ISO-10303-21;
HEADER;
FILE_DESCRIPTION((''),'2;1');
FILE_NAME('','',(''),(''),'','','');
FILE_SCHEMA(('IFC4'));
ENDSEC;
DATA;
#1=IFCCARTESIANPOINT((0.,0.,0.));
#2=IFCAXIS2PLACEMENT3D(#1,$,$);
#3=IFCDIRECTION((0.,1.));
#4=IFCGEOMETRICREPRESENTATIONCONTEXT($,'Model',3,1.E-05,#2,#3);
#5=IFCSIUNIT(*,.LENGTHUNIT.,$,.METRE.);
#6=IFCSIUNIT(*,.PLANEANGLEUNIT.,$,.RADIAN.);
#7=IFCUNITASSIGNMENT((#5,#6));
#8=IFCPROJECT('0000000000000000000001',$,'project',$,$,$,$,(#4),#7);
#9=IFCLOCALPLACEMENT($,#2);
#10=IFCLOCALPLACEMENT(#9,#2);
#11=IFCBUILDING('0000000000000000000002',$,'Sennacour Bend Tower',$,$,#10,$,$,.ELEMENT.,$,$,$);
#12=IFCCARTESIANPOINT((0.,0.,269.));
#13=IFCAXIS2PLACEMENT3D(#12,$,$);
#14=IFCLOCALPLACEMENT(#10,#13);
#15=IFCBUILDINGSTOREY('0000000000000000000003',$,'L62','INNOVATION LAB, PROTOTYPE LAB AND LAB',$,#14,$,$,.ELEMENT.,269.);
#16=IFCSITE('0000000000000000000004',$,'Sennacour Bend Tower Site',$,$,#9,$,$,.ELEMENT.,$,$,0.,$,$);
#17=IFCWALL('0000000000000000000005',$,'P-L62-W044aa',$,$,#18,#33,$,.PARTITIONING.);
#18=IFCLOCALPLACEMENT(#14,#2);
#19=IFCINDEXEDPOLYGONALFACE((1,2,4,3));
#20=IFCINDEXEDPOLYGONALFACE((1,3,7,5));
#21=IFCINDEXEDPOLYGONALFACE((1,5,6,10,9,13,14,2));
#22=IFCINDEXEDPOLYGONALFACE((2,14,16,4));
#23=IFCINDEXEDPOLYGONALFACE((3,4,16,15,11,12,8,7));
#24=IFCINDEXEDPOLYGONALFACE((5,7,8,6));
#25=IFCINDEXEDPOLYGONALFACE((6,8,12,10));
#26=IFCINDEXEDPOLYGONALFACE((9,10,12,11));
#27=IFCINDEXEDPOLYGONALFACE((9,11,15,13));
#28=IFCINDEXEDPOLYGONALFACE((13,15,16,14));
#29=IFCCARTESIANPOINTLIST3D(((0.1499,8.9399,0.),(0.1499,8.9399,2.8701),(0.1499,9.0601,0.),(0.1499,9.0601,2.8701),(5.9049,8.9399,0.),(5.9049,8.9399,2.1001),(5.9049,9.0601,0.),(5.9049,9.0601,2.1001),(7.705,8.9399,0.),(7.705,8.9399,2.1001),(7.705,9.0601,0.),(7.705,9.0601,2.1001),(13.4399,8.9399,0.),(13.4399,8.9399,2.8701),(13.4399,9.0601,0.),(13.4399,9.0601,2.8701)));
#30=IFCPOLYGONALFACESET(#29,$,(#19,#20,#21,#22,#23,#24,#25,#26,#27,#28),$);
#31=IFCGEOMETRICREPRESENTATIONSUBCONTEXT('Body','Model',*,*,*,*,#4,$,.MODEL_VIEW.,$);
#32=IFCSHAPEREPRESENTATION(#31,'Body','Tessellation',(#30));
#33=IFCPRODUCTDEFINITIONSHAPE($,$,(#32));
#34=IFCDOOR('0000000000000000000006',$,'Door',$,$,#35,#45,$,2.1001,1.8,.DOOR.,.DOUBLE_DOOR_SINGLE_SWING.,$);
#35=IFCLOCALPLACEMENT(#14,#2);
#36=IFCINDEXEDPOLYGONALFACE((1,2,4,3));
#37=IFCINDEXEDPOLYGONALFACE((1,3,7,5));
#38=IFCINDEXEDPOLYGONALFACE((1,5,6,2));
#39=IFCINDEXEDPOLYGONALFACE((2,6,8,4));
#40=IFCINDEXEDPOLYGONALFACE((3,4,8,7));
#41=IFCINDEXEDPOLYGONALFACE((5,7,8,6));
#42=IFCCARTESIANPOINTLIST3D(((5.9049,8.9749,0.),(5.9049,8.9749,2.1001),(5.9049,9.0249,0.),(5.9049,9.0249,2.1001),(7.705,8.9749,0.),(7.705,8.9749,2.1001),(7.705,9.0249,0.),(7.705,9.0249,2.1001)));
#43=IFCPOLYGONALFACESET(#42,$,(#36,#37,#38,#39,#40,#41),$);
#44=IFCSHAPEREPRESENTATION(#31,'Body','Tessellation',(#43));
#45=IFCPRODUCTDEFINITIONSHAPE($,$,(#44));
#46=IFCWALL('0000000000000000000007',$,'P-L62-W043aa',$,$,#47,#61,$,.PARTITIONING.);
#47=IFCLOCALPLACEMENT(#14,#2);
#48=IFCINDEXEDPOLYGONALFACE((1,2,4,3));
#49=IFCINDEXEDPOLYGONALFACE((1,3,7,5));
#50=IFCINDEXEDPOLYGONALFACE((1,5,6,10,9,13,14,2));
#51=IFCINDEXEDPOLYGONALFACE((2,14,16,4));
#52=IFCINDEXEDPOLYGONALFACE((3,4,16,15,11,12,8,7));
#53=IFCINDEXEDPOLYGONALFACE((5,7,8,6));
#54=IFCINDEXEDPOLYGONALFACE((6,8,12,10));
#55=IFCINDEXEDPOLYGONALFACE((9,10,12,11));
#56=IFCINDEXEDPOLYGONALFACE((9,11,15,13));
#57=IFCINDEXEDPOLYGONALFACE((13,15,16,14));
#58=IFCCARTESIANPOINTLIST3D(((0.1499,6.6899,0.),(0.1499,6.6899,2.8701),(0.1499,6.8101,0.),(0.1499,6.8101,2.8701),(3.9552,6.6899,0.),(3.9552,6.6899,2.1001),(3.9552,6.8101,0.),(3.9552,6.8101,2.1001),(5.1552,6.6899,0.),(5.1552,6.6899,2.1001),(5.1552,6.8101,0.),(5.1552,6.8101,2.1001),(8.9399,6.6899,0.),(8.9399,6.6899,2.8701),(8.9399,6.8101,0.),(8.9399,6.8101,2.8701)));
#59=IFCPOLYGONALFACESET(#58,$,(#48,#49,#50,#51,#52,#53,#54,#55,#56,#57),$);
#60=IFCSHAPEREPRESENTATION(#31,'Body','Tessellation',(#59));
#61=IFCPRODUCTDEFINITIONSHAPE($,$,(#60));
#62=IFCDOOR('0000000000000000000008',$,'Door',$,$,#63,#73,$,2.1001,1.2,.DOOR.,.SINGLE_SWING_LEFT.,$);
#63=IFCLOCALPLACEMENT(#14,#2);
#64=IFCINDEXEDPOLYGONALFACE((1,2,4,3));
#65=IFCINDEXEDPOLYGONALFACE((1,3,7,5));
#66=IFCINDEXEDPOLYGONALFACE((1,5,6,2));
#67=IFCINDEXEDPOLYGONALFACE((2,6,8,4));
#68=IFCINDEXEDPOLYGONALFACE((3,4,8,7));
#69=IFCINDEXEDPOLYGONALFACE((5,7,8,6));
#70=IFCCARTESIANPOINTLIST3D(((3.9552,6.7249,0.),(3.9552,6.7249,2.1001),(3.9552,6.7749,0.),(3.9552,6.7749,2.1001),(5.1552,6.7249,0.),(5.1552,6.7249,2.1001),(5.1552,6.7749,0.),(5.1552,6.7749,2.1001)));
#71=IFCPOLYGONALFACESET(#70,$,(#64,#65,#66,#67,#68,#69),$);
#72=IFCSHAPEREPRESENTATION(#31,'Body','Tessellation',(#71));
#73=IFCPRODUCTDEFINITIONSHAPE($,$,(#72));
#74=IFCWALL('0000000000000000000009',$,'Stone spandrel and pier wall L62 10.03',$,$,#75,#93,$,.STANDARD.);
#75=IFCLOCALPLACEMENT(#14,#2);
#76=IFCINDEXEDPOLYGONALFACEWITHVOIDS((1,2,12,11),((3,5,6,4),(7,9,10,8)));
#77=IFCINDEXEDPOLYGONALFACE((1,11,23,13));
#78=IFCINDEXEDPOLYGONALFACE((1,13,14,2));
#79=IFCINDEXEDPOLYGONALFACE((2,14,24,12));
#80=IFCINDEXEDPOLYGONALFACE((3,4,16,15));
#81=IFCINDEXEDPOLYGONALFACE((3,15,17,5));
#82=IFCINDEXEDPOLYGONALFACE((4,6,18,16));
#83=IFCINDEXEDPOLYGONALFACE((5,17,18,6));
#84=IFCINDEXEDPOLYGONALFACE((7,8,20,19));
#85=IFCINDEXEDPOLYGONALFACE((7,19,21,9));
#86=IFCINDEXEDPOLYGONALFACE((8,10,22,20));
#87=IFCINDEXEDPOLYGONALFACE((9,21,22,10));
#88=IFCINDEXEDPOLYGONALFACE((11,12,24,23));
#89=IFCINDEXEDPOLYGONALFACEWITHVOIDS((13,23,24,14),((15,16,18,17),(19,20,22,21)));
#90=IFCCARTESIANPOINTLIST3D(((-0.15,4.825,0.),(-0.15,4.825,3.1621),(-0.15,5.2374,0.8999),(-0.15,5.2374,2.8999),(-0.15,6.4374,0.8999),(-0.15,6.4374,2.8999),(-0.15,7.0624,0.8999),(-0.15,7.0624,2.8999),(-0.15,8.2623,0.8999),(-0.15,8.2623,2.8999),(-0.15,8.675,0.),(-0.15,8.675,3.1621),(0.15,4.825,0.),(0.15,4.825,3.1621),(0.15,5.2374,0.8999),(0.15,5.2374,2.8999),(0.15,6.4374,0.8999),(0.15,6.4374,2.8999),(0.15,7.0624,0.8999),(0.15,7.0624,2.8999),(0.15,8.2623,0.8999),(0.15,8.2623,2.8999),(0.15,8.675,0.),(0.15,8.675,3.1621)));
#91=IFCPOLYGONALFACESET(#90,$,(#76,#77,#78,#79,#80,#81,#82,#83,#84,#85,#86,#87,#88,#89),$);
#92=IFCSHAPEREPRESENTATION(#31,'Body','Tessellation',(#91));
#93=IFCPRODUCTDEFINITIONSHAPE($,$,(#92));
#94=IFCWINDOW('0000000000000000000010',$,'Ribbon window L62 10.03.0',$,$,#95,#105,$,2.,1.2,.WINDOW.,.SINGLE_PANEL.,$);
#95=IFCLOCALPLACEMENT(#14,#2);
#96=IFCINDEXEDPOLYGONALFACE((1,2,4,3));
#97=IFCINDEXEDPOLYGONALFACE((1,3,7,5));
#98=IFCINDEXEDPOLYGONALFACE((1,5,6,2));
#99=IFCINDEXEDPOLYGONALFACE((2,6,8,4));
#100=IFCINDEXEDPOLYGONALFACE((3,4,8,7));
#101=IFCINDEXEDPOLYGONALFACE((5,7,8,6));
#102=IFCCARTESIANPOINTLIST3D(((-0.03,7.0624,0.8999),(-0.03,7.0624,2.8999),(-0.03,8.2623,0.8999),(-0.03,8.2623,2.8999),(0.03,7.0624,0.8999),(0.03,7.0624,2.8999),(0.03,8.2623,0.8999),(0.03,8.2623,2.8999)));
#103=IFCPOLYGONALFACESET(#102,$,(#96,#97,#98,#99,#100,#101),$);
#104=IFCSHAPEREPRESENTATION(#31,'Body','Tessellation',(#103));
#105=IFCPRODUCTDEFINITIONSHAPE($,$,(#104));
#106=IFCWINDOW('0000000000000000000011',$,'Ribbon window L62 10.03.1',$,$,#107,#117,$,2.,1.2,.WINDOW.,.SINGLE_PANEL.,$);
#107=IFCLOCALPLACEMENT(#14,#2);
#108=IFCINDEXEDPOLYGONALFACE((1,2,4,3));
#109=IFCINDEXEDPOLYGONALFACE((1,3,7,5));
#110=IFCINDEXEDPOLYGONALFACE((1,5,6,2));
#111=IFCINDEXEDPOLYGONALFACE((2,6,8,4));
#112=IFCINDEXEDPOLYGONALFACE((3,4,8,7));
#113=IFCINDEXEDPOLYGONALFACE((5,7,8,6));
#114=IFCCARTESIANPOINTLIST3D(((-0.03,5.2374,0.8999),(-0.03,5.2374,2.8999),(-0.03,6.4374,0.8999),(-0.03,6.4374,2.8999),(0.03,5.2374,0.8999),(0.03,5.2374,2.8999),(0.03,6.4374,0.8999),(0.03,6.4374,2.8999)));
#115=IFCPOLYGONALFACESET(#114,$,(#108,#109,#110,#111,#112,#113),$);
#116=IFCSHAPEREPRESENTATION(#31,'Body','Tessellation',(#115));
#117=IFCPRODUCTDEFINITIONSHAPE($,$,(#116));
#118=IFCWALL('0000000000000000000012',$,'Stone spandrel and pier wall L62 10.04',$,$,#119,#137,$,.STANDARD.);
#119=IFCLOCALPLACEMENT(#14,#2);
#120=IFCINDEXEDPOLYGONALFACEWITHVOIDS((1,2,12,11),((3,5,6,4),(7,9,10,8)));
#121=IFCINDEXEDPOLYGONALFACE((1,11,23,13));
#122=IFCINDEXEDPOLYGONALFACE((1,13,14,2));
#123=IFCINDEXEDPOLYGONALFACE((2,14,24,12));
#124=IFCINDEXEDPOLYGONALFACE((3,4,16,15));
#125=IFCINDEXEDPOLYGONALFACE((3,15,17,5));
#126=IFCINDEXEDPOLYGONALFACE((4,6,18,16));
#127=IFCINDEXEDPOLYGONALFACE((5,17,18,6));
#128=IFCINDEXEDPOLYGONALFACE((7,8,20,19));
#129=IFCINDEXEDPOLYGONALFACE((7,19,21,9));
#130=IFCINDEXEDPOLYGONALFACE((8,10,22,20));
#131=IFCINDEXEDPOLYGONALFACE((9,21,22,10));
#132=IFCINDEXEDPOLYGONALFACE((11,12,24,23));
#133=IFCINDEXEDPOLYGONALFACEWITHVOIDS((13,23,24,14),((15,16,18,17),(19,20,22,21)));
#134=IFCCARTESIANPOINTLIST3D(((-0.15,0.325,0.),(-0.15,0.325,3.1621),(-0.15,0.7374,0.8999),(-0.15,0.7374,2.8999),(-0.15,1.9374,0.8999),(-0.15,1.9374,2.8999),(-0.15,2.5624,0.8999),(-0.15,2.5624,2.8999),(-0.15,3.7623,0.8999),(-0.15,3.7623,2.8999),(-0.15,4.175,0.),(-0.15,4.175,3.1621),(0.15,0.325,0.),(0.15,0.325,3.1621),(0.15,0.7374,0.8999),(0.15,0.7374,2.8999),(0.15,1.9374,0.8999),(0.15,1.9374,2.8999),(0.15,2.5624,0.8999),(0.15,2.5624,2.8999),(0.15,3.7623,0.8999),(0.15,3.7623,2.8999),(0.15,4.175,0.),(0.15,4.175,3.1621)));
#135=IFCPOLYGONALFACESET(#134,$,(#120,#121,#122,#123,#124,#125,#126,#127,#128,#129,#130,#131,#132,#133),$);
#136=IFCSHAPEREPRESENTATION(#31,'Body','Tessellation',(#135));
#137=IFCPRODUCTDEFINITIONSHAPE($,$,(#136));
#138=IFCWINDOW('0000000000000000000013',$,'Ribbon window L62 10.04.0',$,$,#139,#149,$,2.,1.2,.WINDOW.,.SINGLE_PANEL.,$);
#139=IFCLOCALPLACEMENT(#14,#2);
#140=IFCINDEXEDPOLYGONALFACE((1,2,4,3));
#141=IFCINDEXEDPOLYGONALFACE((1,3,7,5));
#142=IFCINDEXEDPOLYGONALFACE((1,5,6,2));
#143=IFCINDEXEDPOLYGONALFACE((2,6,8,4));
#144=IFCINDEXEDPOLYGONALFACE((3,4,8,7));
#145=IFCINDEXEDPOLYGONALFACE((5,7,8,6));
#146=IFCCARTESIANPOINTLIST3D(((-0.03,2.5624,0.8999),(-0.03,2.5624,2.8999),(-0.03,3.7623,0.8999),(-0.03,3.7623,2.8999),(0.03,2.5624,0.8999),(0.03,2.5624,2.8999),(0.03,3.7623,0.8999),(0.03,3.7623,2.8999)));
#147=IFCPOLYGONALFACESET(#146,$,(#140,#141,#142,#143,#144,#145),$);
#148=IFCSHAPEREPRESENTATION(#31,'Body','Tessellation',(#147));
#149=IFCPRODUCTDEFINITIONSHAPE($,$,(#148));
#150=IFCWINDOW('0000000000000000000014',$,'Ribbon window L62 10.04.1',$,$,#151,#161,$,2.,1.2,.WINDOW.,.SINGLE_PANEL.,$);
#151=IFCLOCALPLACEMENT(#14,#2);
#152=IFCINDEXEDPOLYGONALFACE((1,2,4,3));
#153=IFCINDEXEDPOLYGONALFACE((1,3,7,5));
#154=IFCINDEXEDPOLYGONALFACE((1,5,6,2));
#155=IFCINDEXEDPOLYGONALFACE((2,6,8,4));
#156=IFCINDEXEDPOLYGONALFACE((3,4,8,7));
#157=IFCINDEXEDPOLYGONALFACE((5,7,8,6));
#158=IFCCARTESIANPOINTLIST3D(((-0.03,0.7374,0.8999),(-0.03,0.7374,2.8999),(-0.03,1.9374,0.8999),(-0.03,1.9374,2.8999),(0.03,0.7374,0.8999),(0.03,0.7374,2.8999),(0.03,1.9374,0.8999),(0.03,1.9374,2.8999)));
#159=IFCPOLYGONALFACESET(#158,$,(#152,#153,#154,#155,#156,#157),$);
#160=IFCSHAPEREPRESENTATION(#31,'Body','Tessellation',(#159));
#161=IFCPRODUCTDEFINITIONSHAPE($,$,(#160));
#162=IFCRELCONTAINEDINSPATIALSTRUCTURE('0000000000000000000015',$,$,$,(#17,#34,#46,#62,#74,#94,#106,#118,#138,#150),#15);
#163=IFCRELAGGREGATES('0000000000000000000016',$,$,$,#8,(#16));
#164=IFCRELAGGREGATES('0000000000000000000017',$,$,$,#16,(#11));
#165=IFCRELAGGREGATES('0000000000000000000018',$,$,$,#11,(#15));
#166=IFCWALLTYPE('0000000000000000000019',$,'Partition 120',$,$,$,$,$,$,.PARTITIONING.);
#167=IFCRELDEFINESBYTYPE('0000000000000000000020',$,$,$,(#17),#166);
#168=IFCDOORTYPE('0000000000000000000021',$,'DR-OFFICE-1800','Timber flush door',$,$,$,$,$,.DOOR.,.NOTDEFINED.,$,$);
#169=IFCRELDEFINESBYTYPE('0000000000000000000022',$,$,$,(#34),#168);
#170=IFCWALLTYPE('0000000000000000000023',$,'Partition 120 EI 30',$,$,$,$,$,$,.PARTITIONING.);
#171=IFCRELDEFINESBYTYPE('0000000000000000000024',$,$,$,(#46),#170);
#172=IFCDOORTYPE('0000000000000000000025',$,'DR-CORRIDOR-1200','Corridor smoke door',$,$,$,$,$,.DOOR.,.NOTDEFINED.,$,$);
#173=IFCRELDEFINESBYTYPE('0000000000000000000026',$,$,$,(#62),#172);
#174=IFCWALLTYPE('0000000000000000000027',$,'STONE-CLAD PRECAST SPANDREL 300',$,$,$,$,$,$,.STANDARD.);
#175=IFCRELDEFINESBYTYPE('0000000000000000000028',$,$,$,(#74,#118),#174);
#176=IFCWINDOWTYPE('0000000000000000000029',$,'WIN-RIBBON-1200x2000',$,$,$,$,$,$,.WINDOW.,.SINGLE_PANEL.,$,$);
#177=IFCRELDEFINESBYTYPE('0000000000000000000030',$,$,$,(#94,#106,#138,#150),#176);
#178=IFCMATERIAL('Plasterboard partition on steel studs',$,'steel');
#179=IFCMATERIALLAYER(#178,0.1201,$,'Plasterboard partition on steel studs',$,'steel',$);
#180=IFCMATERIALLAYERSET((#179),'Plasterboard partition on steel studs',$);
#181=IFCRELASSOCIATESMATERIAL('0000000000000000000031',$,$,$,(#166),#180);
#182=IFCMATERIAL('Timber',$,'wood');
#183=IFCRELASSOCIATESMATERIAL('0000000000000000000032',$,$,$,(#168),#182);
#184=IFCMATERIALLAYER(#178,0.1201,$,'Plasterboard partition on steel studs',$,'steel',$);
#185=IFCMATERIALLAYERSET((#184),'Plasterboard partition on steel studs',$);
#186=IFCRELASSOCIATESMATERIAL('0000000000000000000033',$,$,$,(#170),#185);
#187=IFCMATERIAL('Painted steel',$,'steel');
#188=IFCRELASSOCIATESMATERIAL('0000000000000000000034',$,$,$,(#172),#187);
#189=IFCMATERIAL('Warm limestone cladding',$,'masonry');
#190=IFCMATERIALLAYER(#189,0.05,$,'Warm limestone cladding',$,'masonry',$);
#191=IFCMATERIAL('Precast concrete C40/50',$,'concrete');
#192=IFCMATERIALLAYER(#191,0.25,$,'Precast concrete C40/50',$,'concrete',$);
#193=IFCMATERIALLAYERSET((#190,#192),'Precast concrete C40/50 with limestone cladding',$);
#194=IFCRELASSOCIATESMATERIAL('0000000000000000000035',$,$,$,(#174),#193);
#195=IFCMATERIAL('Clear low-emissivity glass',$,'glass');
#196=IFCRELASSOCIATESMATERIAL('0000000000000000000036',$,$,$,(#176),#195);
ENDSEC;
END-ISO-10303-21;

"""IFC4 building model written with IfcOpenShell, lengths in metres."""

from ifc_helpers import new_model, si_unit, direction, frame, frame_2d, origin, place, context, subcontext, project, spatial, rectangle, extrude, material, layer, layer_set, type_object, element, fill, save


model = new_model("IFC4")

# Units and contexts
model_context = context("Model", 3, precision=1e-05, world=origin(), true_north=direction((0.0, 1.0)))
body_context = subcontext(model_context, "Body", "Model", "MODEL_VIEW")
ifc_project = project(units=[si_unit("LENGTHUNIT", "METRE"), si_unit("PLANEANGLEUNIT", "RADIAN")], contexts=[model_context])

# Site, building, storey
site_placement = place(None, origin())
site = spatial("IfcSite", under=ifc_project, at=site_placement, Name="Sennacour Bend Tower Site", CompositionType="ELEMENT", RefElevation=0.0)
building_placement = place(site_placement, origin())
building = spatial("IfcBuilding", under=site, at=building_placement, Name="Sennacour Bend Tower", CompositionType="ELEMENT")
storey_placement = place(building_placement, frame((0.0, 0.0, 269.0)))
storey = spatial("IfcBuildingStorey", under=building, at=storey_placement, Name="L62", Description="INNOVATION LAB, PROTOTYPE LAB AND LAB", CompositionType="ELEMENT", Elevation=269.0)

# Shared definitions
ifc_material_1 = material(Name="Plasterboard partition on steel studs", Category="steel")
ifc_layer_1 = layer(ifc_material_1, 0.1201, Name="Plasterboard partition on steel studs", Category="steel")
ifc_layer_set_1 = layer_set([ifc_layer_1], Name="Plasterboard partition on steel studs")
wall_type_1 = type_object("IfcWallType", Name="Partition 120", PredefinedType="PARTITIONING", material=ifc_layer_set_1)

# Walls, openings, doors
ifc_material_2 = material(Name="Timber", Category="wood")
wall_1_placement = place(storey_placement, frame((0.1499, 9.0, 0.0), z_axis=(0.0, 0.0, 1.0), x_axis=(1.0, 0.0, 0.0)))
wall_1 = element("IfcWall", 1, at=wall_1_placement, inside=storey, type_object=wall_type_1, Name="P-L62-W044aa", PredefinedType="PARTITIONING", context=body_context, shape_type="SweptSolid", body=[
    extrude(rectangle(XDim=13.29, YDim=0.1201, at=frame_2d((6.645, 0.0))), origin(), (0.0, 0.0, 1.0), 2.8701),
])
opening_1_placement = place(wall_1_placement, frame((5.7551, 0.0, 0.0)))
opening_1 = element("IfcOpeningElement", 2, at=opening_1_placement, cuts=wall_1, PredefinedType="OPENING", context=body_context, shape_type="SweptSolid", body=[
    extrude(rectangle(XDim=1.8, YDim=2.1001, at=frame_2d((0.8999, 1.05))), frame((0.0, 0.0701, 0.0), z_axis=(0.0, -1.0, 0.0), x_axis=(1.0, 0.0, 0.0)), (0.0, 0.0, 1.0), 0.1401),
])
door_type_1 = type_object("IfcDoorType", Name="DR-OFFICE-1800", Description="Timber flush door", OperationType="NOTDEFINED", PredefinedType="DOOR", material=ifc_material_2)
door_1_placement = place(opening_1_placement, origin())
door_1 = element("IfcDoor", 3, at=door_1_placement, inside=storey, type_object=door_type_1, Name="Door", OperationType="DOUBLE_DOOR_SINGLE_SWING", OverallHeight=2.1001, OverallWidth=1.8, PredefinedType="DOOR", context=body_context, shape_type="SweptSolid", body=[
    extrude(rectangle(XDim=1.8, YDim=2.1001, at=frame_2d((0.8999, 1.05))), frame((0.0, 0.0249, 0.0), z_axis=(0.0, -1.0, 0.0), x_axis=(1.0, 0.0, 0.0)), (0.0, 0.0, 1.0), 0.05),
])
fill(opening_1, door_1)
ifc_layer_2 = layer(ifc_material_1, 0.1201, Name="Plasterboard partition on steel studs", Category="steel")
ifc_layer_set_2 = layer_set([ifc_layer_2], Name="Plasterboard partition on steel studs")
wall_type_2 = type_object("IfcWallType", Name="Partition 120 EI 30", PredefinedType="PARTITIONING", material=ifc_layer_set_2)
wall_2_placement = place(storey_placement, frame((0.1499, 6.75, 0.0), z_axis=(0.0, 0.0, 1.0), x_axis=(1.0, 0.0, 0.0)))
wall_2 = element("IfcWall", 4, at=wall_2_placement, inside=storey, type_object=wall_type_2, Name="P-L62-W043aa", PredefinedType="PARTITIONING", context=body_context, shape_type="SweptSolid", body=[
    extrude(rectangle(XDim=8.79, YDim=0.1201, at=frame_2d((4.395, 0.0))), origin(), (0.0, 0.0, 1.0), 2.8701),
])
opening_2_placement = place(wall_2_placement, frame((3.8052, 0.0, 0.0)))
opening_2 = element("IfcOpeningElement", 5, at=opening_2_placement, cuts=wall_2, PredefinedType="OPENING", context=body_context, shape_type="SweptSolid", body=[
    extrude(rectangle(XDim=1.2, YDim=2.1001, at=frame_2d((0.6001, 1.05))), frame((0.0, 0.0701, 0.0), z_axis=(0.0, -1.0, 0.0), x_axis=(1.0, 0.0, 0.0)), (0.0, 0.0, 1.0), 0.1401),
])
ifc_material_3 = material(Name="Painted steel", Category="steel")
door_type_2 = type_object("IfcDoorType", Name="DR-CORRIDOR-1200", Description="Corridor smoke door", OperationType="NOTDEFINED", PredefinedType="DOOR", material=ifc_material_3)
door_2_placement = place(opening_2_placement, origin())
door_2 = element("IfcDoor", 6, at=door_2_placement, inside=storey, type_object=door_type_2, Name="Door", OperationType="SINGLE_SWING_LEFT", OverallHeight=2.1001, OverallWidth=1.2, PredefinedType="DOOR", context=body_context, shape_type="SweptSolid", body=[
    extrude(rectangle(XDim=1.2, YDim=2.1001, at=frame_2d((0.6001, 1.05))), frame((0.0, 0.0249, 0.0), z_axis=(0.0, -1.0, 0.0), x_axis=(1.0, 0.0, 0.0)), (0.0, 0.0, 1.0), 0.05),
])
fill(opening_2, door_2)

# Walls, openings, windows
ifc_material_4 = material(Name="Warm limestone cladding", Category="masonry")
ifc_layer_3 = layer(ifc_material_4, 0.05, Name="Warm limestone cladding", Category="masonry")
ifc_material_5 = material(Name="Precast concrete C40/50", Category="concrete")
ifc_layer_4 = layer(ifc_material_5, 0.25, Name="Precast concrete C40/50", Category="concrete")
ifc_layer_set_3 = layer_set([ifc_layer_3, ifc_layer_4], Name="Precast concrete C40/50 with limestone cladding")
wall_type_3 = type_object("IfcWallType", Name="STONE-CLAD PRECAST SPANDREL 300", PredefinedType="STANDARD", material=ifc_layer_set_3)
wall_3_placement = place(storey_placement, frame((0.0, 8.675, 0.0), z_axis=(0.0, 0.0, 1.0), x_axis=(0.0, -1.0, 0.0)))
wall_3 = element("IfcWall", 7, at=wall_3_placement, inside=storey, type_object=wall_type_3, Name="Stone spandrel and pier wall L62 10.03", PredefinedType="STANDARD", context=body_context, shape_type="SweptSolid", body=[
    extrude(rectangle(XDim=3.8501, YDim=0.3, at=frame_2d((1.925, 0.0))), origin(), (0.0, 0.0, 1.0), 3.1621),
])
opening_3_placement = place(wall_3_placement, frame((0.4126, 0.0, 0.8999)))
opening_3 = element("IfcOpeningElement", 8, at=opening_3_placement, cuts=wall_3, PredefinedType="OPENING", context=body_context, shape_type="SweptSolid", body=[
    extrude(rectangle(XDim=1.2, YDim=2.0, at=frame_2d((0.6001, 1.0))), frame((0.0, 0.1602, 0.0), z_axis=(0.0, -1.0, 0.0), x_axis=(1.0, 0.0, 0.0)), (0.0, 0.0, 1.0), 0.3201),
])
opening_4_placement = place(wall_3_placement, frame((2.2375, 0.0, 0.8999)))
opening_4 = element("IfcOpeningElement", 9, at=opening_4_placement, cuts=wall_3, PredefinedType="OPENING", context=body_context, shape_type="SweptSolid", body=[
    extrude(rectangle(XDim=1.2, YDim=2.0, at=frame_2d((0.6001, 1.0))), frame((0.0, 0.1602, 0.0), z_axis=(0.0, -1.0, 0.0), x_axis=(1.0, 0.0, 0.0)), (0.0, 0.0, 1.0), 0.3201),
])
ifc_material_6 = material(Name="Clear low-emissivity glass", Category="glass")
window_type = type_object("IfcWindowType", Name="WIN-RIBBON-1200x2000", PartitioningType="SINGLE_PANEL", PredefinedType="WINDOW", material=ifc_material_6)
window_1_placement = place(opening_3_placement, origin())
window_1 = element("IfcWindow", 10, at=window_1_placement, inside=storey, type_object=window_type, Name="Ribbon window L62 10.03.0", OverallHeight=2.0, OverallWidth=1.2, PartitioningType="SINGLE_PANEL", PredefinedType="WINDOW", context=body_context, shape_type="SweptSolid", body=[
    extrude(rectangle(XDim=1.2, YDim=2.0, at=frame_2d((0.6001, 1.0))), frame((0.0, 0.03, 0.0), z_axis=(0.0, -1.0, 0.0), x_axis=(1.0, 0.0, 0.0)), (0.0, 0.0, 1.0), 0.0601),
])
fill(opening_3, window_1)
window_2_placement = place(opening_4_placement, origin())
window_2 = element("IfcWindow", 11, at=window_2_placement, inside=storey, type_object=window_type, Name="Ribbon window L62 10.03.1", OverallHeight=2.0, OverallWidth=1.2, PartitioningType="SINGLE_PANEL", PredefinedType="WINDOW", context=body_context, shape_type="SweptSolid", body=[
    extrude(rectangle(XDim=1.2, YDim=2.0, at=frame_2d((0.6001, 1.0))), frame((0.0, 0.03, 0.0), z_axis=(0.0, -1.0, 0.0), x_axis=(1.0, 0.0, 0.0)), (0.0, 0.0, 1.0), 0.0601),
])
fill(opening_4, window_2)
wall_4_placement = place(storey_placement, frame((0.0, 4.175, 0.0), z_axis=(0.0, 0.0, 1.0), x_axis=(0.0, -1.0, 0.0)))
wall_4 = element("IfcWall", 12, at=wall_4_placement, inside=storey, type_object=wall_type_3, Name="Stone spandrel and pier wall L62 10.04", PredefinedType="STANDARD", context=body_context, shape_type="SweptSolid", body=[
    extrude(rectangle(XDim=3.8501, YDim=0.3, at=frame_2d((1.925, 0.0))), origin(), (0.0, 0.0, 1.0), 3.1621),
])
opening_5_placement = place(wall_4_placement, frame((0.4126, 0.0, 0.8999)))
opening_5 = element("IfcOpeningElement", 13, at=opening_5_placement, cuts=wall_4, PredefinedType="OPENING", context=body_context, shape_type="SweptSolid", body=[
    extrude(rectangle(XDim=1.2, YDim=2.0, at=frame_2d((0.6001, 1.0))), frame((0.0, 0.1602, 0.0), z_axis=(0.0, -1.0, 0.0), x_axis=(1.0, 0.0, 0.0)), (0.0, 0.0, 1.0), 0.3201),
])
opening_6_placement = place(wall_4_placement, frame((2.2375, 0.0, 0.8999)))
opening_6 = element("IfcOpeningElement", 14, at=opening_6_placement, cuts=wall_4, PredefinedType="OPENING", context=body_context, shape_type="SweptSolid", body=[
    extrude(rectangle(XDim=1.2, YDim=2.0, at=frame_2d((0.6001, 1.0))), frame((0.0, 0.1602, 0.0), z_axis=(0.0, -1.0, 0.0), x_axis=(1.0, 0.0, 0.0)), (0.0, 0.0, 1.0), 0.3201),
])
window_3_placement = place(opening_5_placement, origin())
window_3 = element("IfcWindow", 15, at=window_3_placement, inside=storey, type_object=window_type, Name="Ribbon window L62 10.04.0", OverallHeight=2.0, OverallWidth=1.2, PartitioningType="SINGLE_PANEL", PredefinedType="WINDOW", context=body_context, shape_type="SweptSolid", body=[
    extrude(rectangle(XDim=1.2, YDim=2.0, at=frame_2d((0.6001, 1.0))), frame((0.0, 0.03, 0.0), z_axis=(0.0, -1.0, 0.0), x_axis=(1.0, 0.0, 0.0)), (0.0, 0.0, 1.0), 0.0601),
])
fill(opening_5, window_3)
window_4_placement = place(opening_6_placement, origin())
window_4 = element("IfcWindow", 16, at=window_4_placement, inside=storey, type_object=window_type, Name="Ribbon window L62 10.04.1", OverallHeight=2.0, OverallWidth=1.2, PartitioningType="SINGLE_PANEL", PredefinedType="WINDOW", context=body_context, shape_type="SweptSolid", body=[
    extrude(rectangle(XDim=1.2, YDim=2.0, at=frame_2d((0.6001, 1.0))), frame((0.0, 0.03, 0.0), z_axis=(0.0, -1.0, 0.0), x_axis=(1.0, 0.0, 0.0)), (0.0, 0.0, 1.0), 0.0601),
])
fill(opening_6, window_4)

save(model, "model.ifc")
